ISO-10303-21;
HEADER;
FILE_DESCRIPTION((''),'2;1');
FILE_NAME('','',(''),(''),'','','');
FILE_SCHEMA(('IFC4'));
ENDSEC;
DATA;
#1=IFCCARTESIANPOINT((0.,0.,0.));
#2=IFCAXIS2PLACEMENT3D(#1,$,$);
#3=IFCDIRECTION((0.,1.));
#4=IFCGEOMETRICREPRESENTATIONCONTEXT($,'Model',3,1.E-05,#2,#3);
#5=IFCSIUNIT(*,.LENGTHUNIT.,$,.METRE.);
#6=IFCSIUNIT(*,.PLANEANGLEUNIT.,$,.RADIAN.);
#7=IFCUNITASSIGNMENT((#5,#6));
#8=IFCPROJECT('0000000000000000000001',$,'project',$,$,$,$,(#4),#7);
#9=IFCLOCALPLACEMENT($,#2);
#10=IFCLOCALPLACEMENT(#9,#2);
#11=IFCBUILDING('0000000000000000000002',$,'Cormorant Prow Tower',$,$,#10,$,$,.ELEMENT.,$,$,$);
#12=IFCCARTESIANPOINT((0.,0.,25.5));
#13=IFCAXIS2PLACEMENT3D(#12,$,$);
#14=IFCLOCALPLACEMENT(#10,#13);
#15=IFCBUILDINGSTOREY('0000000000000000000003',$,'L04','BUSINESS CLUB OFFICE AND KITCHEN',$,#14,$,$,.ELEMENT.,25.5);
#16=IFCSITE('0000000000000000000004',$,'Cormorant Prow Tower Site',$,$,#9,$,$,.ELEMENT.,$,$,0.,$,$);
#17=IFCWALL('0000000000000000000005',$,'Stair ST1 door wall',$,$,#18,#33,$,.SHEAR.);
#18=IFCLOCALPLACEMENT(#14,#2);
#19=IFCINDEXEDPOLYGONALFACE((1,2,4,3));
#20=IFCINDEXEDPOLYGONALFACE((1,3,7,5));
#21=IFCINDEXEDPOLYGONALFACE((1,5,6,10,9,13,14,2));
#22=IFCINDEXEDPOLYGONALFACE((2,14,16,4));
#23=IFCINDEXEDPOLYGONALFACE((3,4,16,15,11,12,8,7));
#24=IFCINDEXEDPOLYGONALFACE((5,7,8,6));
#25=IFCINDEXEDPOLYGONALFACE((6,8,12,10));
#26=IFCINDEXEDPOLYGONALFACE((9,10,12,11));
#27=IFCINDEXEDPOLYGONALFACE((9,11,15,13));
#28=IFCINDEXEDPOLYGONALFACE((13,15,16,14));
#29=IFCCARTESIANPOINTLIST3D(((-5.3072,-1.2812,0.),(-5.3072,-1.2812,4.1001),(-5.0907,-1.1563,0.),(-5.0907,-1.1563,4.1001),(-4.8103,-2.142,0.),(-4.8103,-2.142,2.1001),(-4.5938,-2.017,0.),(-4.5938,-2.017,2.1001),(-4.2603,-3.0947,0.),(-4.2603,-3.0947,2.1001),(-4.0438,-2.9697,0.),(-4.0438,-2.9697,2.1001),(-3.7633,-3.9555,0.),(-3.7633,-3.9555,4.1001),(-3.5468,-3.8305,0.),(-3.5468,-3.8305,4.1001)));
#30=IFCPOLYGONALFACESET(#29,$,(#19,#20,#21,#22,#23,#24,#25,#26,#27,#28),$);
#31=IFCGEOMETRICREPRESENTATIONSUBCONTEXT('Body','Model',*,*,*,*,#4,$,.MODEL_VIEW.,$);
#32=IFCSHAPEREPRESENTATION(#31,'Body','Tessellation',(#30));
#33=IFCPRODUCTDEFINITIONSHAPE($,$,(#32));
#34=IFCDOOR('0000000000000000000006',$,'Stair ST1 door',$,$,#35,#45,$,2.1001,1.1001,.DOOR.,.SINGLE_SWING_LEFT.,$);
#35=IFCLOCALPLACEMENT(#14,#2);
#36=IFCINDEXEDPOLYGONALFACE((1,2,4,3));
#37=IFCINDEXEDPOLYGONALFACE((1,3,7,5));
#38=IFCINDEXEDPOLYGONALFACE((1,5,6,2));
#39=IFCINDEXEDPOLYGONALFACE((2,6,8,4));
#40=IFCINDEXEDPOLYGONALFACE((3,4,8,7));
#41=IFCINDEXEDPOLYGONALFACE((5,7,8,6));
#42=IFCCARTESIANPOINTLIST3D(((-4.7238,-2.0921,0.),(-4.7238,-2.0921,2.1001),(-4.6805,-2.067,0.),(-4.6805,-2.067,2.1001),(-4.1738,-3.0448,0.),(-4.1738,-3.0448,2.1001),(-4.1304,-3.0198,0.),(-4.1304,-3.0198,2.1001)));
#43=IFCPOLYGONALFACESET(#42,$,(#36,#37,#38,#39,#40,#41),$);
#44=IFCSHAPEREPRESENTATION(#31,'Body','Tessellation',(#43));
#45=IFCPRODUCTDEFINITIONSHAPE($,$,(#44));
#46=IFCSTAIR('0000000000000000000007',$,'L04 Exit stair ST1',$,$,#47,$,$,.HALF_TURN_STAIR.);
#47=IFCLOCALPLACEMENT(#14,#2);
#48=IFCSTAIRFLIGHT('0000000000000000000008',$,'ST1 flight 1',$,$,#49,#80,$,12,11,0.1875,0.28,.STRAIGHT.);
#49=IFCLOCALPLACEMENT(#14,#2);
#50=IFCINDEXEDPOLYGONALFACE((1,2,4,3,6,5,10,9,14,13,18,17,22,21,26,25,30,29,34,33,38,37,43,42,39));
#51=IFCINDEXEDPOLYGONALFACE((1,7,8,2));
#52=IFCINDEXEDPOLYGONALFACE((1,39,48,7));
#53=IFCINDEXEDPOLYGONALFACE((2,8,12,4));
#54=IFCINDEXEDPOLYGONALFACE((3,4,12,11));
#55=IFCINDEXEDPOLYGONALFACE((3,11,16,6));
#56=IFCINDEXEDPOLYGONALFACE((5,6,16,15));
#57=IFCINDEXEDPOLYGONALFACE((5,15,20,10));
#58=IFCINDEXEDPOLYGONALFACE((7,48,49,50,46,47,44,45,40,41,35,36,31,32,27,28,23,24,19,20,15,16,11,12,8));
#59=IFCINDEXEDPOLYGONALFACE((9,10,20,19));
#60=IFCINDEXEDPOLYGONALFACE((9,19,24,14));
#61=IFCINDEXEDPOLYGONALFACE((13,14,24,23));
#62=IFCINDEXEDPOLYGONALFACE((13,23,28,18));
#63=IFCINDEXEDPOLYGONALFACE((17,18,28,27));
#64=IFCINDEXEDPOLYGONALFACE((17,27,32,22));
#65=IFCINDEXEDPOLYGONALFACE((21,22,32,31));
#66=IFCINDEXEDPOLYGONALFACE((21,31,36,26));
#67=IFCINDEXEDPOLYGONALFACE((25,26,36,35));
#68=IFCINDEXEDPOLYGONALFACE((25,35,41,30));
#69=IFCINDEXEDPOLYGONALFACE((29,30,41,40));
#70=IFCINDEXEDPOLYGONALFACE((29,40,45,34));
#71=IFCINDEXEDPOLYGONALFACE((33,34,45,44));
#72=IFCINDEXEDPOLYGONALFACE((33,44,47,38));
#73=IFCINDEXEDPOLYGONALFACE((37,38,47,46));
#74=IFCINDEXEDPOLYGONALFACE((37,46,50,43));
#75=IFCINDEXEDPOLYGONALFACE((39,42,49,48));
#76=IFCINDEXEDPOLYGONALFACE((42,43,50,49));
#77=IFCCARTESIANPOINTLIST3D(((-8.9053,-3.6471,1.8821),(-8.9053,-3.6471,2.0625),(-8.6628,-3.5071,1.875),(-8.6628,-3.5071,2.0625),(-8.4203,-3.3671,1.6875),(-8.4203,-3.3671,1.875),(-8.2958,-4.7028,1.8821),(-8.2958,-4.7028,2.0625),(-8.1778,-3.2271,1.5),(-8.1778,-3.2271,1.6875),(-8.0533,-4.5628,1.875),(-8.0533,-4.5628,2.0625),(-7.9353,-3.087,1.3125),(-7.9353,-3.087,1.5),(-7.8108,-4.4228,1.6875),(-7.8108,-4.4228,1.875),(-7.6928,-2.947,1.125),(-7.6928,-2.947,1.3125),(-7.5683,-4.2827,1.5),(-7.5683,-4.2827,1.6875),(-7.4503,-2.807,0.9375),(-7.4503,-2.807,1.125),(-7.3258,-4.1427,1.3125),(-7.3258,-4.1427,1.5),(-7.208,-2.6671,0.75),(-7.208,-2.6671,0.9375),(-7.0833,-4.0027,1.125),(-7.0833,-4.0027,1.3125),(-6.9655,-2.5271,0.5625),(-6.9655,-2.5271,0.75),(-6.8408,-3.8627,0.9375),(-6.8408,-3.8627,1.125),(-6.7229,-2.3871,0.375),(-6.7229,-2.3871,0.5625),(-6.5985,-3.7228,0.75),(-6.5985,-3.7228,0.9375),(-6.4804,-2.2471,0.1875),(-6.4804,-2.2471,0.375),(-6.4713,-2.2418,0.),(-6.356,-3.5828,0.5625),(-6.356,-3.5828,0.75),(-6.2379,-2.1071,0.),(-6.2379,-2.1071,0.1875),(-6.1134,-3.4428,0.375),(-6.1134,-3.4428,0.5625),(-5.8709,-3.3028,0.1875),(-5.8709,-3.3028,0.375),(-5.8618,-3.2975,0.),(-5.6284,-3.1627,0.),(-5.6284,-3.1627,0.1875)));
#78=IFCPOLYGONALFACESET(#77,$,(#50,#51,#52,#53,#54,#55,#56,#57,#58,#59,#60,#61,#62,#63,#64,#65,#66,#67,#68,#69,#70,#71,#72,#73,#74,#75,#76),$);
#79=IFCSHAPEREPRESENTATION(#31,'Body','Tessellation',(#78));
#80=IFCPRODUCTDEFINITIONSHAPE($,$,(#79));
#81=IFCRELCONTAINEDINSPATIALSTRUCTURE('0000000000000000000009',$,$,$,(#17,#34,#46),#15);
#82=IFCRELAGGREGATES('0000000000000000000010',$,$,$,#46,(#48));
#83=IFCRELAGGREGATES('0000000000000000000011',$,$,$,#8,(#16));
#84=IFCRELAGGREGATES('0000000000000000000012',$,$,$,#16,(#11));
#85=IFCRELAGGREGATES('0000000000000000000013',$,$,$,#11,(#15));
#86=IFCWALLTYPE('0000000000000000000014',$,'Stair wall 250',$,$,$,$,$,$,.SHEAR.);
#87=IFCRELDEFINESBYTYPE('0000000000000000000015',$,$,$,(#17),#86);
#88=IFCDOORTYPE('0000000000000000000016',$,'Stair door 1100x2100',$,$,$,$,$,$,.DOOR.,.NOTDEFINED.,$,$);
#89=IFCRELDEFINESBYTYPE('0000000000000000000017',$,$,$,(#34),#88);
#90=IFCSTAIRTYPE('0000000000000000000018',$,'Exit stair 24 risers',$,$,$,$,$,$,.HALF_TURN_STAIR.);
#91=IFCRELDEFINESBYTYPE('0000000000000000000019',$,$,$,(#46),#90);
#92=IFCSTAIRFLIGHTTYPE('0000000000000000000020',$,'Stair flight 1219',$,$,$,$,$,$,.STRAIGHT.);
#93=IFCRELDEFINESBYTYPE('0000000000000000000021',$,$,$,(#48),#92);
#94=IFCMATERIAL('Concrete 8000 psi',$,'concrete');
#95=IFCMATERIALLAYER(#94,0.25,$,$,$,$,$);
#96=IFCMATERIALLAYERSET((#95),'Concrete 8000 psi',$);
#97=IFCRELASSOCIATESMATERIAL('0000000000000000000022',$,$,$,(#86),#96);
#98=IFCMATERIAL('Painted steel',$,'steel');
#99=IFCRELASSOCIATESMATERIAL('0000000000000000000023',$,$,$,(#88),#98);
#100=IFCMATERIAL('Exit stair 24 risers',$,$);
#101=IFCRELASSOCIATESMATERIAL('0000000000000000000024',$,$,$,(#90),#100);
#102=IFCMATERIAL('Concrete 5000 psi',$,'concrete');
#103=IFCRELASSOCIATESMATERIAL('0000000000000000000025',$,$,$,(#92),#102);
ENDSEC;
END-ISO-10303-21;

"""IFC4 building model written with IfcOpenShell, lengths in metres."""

from ifc_helpers import new_model, si_unit, direction, frame, frame_2d, origin, place, context, subcontext, project, spatial, polyline, rectangle, outline, extrude, material, layer, layer_set, type_object, element, fill, aggregate, save


model = new_model("IFC4")

# Units and contexts
model_context = context("Model", 3, precision=1e-05, world=origin(), true_north=direction((0.0, 1.0)))
body_context = subcontext(model_context, "Body", "Model", "MODEL_VIEW")
ifc_project = project(units=[si_unit("LENGTHUNIT", "METRE"), si_unit("PLANEANGLEUNIT", "RADIAN")], contexts=[model_context])

# Site, building, storey
site_placement = place(None, origin())
site = spatial("IfcSite", under=ifc_project, at=site_placement, Name="Cormorant Prow Tower Site", CompositionType="ELEMENT", RefElevation=0.0)
building_placement = place(site_placement, origin())
building = spatial("IfcBuilding", under=site, at=building_placement, Name="Cormorant Prow Tower", CompositionType="ELEMENT")
storey_placement = place(building_placement, frame((0.0, 0.0, 25.5)))
storey = spatial("IfcBuildingStorey", under=building, at=storey_placement, Name="L04", Description="BUSINESS CLUB OFFICE AND KITCHEN", CompositionType="ELEMENT", Elevation=25.5)

# Wall, opening, door
ifc_material_1 = material(Name="Concrete 8000 psi", Category="concrete")
ifc_layer_1 = layer(ifc_material_1, 0.25)
ifc_layer_set_1 = layer_set([ifc_layer_1], Name="Concrete 8000 psi")
wall_type_1 = type_object("IfcWallType", Name="Stair wall 250", PredefinedType="SHEAR", material=ifc_layer_set_1)
wall_1_placement = place(storey_placement, frame((-5.199, -1.2188, 0.0), z_axis=(0.0, 0.0, 1.0), x_axis=(0.499983, -0.866035, 0.0)))
wall_1 = element("IfcWall", 1, at=wall_1_placement, inside=storey, type_object=wall_type_1, Name="Stair ST1 door wall", PredefinedType="SHEAR", context=body_context, shape_type="SweptSolid", body=[
    extrude(rectangle(XDim=3.0879, YDim=0.25, at=frame_2d((1.5439, 0.0))), origin(), (0.0, 0.0, 1.0), 4.1001),
])
opening_1_placement = place(wall_1_placement, frame((0.9939, 0.0, 0.0)))
opening_1 = element("IfcOpeningElement", 2, at=opening_1_placement, cuts=wall_1, PredefinedType="OPENING", context=body_context, shape_type="SweptSolid", body=[
    extrude(rectangle(XDim=1.1001, YDim=2.1001, at=frame_2d((0.55, 1.05))), frame((0.0, 0.135, 0.0), z_axis=(0.0, -1.0, 0.0), x_axis=(1.0, 0.0, 0.0)), (0.0, 0.0, 1.0), 0.27),
])
ifc_material_2 = material(Name="Painted steel", Category="steel")
door_type_1 = type_object("IfcDoorType", Name="Stair door 1100x2100", OperationType="NOTDEFINED", PredefinedType="DOOR", material=ifc_material_2)
door_1_placement = place(opening_1_placement, origin())
door_1 = element("IfcDoor", 3, at=door_1_placement, inside=storey, type_object=door_type_1, Name="Stair ST1 door", OperationType="SINGLE_SWING_LEFT", OverallHeight=2.1001, OverallWidth=1.1001, PredefinedType="DOOR", context=body_context, shape_type="SweptSolid", body=[
    extrude(rectangle(XDim=1.1001, YDim=2.1001, at=frame_2d((0.55, 1.05))), frame((0.0, 0.0249, 0.0), z_axis=(0.0, -1.0, 0.0), x_axis=(1.0, 0.0, 0.0)), (0.0, 0.0, 1.0), 0.05),
])
fill(opening_1, door_1)

# Stair, stair flight
ifc_material_3 = material(Name="Exit stair 24 risers")
stair_type = type_object("IfcStairType", Name="Exit stair 24 risers", PredefinedType="HALF_TURN_STAIR", material=ifc_material_3)
stair_placement = place(storey_placement, origin())
stair = element("IfcStair", 4, at=stair_placement, inside=storey, type_object=stair_type, Name="L04 Exit stair ST1", PredefinedType="HALF_TURN_STAIR")
ifc_material_4 = material(Name="Concrete 5000 psi", Category="concrete")
stair_flight_type = type_object("IfcStairFlightType", Name="Stair flight 1219", PredefinedType="STRAIGHT", material=ifc_material_4)
stair_flight_placement = place(storey_placement, frame((-5.9331, -2.635, 0.0), z_axis=(0.0, 0.0, 1.0), x_axis=(-0.866025, -0.5, 0.0)))
stair_flight = element("IfcStairFlight", 5, at=stair_flight_placement, type_object=stair_flight_type, Name="ST1 flight 1", NumberOfRisers=12, NumberOfTreads=11, PredefinedType="STRAIGHT", RiserHeight=0.1875, TreadLength=0.28, context=body_context, shape_type="SweptSolid", body=[
    extrude(outline(polyline([(0.0, 0.0), (0.0, 0.1875), (0.28, 0.1875), (0.28, 0.375), (0.5601, 0.375), (0.5601, 0.5625), (0.8401, 0.5625), (0.8401, 0.75), (1.1201, 0.75), (1.1201, 0.9375), (1.3999, 0.9375), (1.3999, 1.125), (1.6799, 1.125), (1.6799, 1.3125), (1.96, 1.3125), (1.96, 1.5), (2.24, 1.5), (2.24, 1.6875), (2.52, 1.6875), (2.52, 1.875), (2.8, 1.875), (2.8, 2.0625), (3.0801, 2.0625), (3.0801, 2.25), (3.0801, 1.8821), (0.2695, 0.0), (0.0, 0.0)])), frame((0.0, 0.6094, 0.0), z_axis=(0.0, -1.0, 0.0), x_axis=(1.0, 0.0, 0.0)), (0.0, 0.0, 1.0), 1.219),
])
aggregate(stair, [stair_flight])

save(model, "model.ifc")
